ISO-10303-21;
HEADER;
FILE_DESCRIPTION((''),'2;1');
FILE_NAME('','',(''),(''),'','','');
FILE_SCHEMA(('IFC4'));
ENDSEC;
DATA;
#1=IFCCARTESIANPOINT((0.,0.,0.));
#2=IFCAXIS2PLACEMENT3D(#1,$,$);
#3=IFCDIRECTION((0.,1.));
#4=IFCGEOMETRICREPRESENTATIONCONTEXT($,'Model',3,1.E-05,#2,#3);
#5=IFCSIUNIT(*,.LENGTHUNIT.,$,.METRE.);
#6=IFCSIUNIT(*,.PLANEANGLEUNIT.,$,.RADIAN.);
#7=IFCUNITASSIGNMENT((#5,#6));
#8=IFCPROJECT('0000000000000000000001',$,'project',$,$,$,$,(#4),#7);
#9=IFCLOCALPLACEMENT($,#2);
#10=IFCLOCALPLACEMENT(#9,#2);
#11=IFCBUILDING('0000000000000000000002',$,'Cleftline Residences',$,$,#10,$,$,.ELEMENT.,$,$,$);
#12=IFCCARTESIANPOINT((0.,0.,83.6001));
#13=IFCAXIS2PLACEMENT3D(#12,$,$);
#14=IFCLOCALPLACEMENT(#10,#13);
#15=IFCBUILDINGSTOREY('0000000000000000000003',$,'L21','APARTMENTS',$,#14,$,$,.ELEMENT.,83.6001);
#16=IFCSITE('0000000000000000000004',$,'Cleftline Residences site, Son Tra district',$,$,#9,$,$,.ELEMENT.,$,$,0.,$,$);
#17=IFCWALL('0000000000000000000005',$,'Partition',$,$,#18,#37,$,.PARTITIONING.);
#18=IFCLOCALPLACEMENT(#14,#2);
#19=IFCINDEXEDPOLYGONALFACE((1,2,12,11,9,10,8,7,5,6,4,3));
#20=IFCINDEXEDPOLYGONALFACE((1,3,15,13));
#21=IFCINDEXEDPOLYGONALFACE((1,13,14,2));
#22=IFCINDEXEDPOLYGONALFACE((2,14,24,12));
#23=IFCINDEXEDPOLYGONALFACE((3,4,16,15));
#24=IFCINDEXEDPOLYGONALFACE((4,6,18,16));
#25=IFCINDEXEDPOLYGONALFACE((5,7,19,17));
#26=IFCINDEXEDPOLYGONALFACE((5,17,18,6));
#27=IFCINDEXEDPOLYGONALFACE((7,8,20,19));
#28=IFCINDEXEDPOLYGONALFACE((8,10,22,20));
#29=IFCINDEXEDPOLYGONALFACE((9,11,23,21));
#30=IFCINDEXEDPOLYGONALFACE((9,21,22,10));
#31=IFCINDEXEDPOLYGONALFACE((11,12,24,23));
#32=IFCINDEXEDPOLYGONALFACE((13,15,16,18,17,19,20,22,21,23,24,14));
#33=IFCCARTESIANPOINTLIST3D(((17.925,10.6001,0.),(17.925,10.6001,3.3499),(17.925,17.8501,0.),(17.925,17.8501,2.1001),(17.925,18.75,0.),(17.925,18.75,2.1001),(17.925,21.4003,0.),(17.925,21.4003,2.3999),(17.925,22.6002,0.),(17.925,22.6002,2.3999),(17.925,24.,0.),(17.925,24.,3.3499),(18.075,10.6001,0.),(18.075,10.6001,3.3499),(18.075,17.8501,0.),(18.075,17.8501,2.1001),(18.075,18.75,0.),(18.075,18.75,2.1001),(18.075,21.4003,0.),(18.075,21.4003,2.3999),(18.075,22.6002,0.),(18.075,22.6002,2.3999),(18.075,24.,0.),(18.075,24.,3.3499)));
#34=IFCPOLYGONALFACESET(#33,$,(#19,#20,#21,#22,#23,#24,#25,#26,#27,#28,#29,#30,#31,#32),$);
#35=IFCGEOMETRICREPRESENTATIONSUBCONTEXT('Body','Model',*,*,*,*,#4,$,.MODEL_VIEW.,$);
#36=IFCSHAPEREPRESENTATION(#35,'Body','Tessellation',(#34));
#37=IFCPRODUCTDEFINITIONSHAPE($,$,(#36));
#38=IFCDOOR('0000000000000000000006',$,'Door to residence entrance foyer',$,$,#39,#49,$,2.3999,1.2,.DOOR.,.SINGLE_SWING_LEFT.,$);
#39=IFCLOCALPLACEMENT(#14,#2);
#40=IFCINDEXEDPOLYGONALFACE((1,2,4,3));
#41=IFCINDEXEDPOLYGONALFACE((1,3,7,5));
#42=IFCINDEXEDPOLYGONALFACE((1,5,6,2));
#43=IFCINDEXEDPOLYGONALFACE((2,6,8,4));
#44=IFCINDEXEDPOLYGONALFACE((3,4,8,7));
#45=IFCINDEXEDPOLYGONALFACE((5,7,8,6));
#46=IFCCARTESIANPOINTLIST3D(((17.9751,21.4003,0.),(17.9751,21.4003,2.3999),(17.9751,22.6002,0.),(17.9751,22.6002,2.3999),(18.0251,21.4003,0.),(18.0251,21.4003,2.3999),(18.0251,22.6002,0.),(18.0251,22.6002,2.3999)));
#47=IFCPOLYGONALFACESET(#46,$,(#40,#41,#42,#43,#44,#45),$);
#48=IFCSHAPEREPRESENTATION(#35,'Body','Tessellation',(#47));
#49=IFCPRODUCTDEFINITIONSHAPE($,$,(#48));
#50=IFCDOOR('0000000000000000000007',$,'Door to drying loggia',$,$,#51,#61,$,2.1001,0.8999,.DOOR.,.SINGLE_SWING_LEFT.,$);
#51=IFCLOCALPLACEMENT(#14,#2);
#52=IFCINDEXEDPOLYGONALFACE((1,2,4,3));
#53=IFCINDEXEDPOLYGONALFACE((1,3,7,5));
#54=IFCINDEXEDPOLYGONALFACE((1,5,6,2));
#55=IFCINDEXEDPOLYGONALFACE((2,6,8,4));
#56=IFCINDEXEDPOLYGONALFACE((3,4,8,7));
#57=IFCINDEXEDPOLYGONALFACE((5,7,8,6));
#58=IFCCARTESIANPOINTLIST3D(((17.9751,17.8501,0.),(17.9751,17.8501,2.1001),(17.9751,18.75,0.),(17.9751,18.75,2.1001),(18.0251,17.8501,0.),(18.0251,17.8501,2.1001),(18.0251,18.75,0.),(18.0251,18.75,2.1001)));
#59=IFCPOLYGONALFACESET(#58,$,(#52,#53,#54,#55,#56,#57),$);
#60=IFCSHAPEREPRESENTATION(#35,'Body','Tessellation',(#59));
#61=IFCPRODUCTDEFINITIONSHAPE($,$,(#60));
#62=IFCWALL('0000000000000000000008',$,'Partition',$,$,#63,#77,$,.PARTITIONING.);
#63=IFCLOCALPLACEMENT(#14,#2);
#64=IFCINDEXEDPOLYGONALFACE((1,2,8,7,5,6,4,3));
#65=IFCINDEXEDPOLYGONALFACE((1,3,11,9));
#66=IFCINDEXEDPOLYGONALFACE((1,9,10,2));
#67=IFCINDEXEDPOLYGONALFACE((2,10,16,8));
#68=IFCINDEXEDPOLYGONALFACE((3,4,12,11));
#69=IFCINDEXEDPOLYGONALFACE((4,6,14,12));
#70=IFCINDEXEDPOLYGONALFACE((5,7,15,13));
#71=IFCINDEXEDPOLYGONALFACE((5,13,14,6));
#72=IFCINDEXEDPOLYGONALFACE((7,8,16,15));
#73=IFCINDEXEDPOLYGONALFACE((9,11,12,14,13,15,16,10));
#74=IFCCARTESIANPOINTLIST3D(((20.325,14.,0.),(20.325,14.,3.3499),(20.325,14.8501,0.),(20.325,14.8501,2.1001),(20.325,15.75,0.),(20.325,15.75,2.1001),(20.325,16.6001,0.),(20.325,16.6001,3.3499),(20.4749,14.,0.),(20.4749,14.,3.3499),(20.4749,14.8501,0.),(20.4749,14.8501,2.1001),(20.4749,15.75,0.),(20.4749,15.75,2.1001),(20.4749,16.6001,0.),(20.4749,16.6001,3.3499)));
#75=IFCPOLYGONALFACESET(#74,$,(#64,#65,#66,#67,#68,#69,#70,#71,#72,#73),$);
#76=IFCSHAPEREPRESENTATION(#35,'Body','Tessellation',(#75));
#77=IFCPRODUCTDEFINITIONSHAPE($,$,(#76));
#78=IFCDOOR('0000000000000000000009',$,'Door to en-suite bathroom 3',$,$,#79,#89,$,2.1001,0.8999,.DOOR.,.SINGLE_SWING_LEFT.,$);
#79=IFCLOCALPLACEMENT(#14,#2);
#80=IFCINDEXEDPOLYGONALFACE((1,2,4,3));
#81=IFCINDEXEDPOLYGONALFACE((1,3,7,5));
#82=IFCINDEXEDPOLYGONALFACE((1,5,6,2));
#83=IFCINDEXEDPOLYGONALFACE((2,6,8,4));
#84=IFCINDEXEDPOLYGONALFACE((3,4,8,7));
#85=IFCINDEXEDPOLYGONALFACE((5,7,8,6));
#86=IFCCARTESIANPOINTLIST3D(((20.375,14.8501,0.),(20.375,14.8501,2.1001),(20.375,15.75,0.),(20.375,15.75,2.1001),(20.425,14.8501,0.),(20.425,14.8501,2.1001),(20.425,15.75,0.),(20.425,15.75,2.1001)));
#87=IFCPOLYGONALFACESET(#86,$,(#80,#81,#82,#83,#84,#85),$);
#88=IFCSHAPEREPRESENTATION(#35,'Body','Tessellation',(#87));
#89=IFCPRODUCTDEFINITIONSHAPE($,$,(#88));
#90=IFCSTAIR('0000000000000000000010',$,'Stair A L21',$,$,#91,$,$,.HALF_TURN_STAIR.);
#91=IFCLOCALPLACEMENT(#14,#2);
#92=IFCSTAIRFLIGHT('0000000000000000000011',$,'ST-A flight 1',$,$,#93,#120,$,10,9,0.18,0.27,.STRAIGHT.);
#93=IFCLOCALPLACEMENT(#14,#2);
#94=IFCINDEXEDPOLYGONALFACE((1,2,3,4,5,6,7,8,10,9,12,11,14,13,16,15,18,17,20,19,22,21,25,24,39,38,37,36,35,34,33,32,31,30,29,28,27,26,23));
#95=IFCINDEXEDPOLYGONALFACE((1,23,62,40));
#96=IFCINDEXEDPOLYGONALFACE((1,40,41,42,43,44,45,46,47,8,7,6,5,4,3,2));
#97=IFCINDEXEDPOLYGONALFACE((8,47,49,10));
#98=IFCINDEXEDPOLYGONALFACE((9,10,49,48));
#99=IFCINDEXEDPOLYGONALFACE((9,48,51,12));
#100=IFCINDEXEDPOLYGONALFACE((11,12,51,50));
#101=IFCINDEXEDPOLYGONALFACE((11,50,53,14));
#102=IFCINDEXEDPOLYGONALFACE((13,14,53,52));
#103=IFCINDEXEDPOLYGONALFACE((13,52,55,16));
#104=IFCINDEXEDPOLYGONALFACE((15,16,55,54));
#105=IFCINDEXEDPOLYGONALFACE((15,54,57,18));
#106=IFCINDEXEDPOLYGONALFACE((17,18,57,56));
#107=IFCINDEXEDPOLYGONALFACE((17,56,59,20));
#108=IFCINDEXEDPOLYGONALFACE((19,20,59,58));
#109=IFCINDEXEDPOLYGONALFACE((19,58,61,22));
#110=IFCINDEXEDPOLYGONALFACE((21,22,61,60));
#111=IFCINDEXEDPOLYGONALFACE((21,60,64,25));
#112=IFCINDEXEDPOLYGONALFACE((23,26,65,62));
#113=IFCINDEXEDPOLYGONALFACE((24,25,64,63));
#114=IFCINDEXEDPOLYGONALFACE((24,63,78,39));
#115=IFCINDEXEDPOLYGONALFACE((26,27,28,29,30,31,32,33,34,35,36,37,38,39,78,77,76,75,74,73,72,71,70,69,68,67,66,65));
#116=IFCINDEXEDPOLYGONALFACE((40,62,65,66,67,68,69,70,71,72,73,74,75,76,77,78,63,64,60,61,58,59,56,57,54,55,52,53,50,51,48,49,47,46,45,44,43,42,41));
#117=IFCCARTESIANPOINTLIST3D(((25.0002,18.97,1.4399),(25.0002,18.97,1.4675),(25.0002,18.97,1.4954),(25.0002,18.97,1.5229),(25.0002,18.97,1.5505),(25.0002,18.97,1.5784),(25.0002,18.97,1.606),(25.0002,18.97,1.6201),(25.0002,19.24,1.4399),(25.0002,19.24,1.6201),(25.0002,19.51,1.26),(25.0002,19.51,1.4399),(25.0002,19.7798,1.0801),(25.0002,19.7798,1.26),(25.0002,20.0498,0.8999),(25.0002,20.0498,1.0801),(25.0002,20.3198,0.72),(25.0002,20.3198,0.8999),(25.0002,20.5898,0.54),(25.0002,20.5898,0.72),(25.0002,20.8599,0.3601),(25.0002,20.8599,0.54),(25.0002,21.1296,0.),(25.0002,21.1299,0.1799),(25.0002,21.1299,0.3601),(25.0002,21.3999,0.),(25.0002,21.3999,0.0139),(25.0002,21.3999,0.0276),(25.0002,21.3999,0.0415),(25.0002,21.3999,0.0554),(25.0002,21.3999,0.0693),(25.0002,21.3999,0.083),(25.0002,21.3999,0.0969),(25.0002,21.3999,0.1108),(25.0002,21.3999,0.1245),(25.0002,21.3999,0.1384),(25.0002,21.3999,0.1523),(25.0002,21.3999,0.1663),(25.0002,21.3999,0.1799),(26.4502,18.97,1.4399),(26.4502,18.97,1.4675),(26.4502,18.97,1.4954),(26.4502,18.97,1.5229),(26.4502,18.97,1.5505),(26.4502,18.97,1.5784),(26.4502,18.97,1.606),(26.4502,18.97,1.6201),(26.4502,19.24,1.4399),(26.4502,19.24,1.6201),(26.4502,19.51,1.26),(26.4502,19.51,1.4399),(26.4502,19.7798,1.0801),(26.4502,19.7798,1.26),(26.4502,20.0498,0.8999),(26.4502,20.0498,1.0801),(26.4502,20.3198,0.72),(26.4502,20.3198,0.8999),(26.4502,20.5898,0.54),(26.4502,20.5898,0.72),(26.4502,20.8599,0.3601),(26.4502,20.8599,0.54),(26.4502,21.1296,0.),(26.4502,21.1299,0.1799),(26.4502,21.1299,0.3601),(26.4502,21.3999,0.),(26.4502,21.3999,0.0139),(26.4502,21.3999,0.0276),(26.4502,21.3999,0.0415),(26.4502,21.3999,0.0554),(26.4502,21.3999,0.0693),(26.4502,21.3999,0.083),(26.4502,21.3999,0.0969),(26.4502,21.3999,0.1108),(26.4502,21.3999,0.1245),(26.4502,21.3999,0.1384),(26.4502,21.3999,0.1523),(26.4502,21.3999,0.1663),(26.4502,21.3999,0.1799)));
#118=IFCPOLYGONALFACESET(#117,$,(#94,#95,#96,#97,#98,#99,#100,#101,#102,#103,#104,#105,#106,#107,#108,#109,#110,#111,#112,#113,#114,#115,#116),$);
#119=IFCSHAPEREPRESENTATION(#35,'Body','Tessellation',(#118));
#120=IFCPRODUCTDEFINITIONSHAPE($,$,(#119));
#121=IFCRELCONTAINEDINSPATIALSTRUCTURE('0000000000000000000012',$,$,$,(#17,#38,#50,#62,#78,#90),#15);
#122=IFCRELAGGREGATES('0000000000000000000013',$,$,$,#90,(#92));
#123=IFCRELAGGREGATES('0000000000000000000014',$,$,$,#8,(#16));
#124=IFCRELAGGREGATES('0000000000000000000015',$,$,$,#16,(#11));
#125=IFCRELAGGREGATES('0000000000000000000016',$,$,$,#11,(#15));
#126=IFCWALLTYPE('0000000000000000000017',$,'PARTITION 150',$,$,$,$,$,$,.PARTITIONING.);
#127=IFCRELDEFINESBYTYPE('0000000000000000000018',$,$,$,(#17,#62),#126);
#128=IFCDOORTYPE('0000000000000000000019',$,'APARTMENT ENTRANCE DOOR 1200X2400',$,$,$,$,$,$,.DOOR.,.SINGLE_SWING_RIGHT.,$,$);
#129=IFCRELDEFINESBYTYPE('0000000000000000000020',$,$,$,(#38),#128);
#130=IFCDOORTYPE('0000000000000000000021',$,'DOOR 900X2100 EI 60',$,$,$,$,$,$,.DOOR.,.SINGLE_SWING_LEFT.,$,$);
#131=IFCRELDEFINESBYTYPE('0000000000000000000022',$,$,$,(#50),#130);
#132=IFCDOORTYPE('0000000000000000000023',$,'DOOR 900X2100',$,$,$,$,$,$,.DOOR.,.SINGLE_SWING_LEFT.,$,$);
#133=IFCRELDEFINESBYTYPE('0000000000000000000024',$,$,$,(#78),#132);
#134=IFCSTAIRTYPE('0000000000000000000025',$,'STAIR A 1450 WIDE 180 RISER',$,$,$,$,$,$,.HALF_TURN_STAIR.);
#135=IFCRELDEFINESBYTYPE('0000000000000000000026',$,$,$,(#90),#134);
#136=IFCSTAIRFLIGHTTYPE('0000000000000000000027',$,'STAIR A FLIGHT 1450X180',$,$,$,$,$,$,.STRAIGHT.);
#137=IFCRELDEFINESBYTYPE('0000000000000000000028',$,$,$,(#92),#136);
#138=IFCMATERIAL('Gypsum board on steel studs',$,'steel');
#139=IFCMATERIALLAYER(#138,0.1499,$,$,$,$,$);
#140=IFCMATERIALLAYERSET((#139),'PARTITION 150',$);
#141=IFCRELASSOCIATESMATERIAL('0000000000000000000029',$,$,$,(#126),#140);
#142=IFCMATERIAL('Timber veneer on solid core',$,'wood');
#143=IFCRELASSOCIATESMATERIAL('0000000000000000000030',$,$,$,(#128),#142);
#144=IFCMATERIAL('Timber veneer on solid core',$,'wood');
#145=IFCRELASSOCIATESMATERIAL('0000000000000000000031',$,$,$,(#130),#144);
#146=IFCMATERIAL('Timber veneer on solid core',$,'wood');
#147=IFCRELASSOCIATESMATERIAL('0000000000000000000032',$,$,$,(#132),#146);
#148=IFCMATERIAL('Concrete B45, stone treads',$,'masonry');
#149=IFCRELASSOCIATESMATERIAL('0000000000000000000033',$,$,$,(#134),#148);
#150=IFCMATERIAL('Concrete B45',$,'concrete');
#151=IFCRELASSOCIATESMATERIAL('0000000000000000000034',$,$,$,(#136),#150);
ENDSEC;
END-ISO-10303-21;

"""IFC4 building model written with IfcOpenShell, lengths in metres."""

from ifc_helpers import new_model, si_unit, direction, frame, frame_2d, origin, place, context, subcontext, project, spatial, polyline, rectangle, outline, extrude, material, layer, layer_set, type_object, element, fill, aggregate, save


model = new_model("IFC4")

# Units and contexts
model_context = context("Model", 3, precision=1e-05, world=origin(), true_north=direction((0.0, 1.0)))
body_context = subcontext(model_context, "Body", "Model", "MODEL_VIEW")
ifc_project = project(units=[si_unit("LENGTHUNIT", "METRE"), si_unit("PLANEANGLEUNIT", "RADIAN")], contexts=[model_context])

# Site, building, storey
site_placement = place(None, origin())
site = spatial("IfcSite", under=ifc_project, at=site_placement, Name="Cleftline Residences site, Son Tra district", CompositionType="ELEMENT", RefElevation=0.0)
building_placement = place(site_placement, origin())
building = spatial("IfcBuilding", under=site, at=building_placement, Name="Cleftline Residences", CompositionType="ELEMENT")
storey_placement = place(building_placement, frame((0.0, 0.0, 83.6001)))
storey = spatial("IfcBuildingStorey", under=building, at=storey_placement, Name="L21", Description="APARTMENTS", CompositionType="ELEMENT", Elevation=83.6001)

# Shared definitions
ifc_material_1 = material(Name="Gypsum board on steel studs", Category="steel")
ifc_layer_1 = layer(ifc_material_1, 0.1499)
ifc_layer_set_1 = layer_set([ifc_layer_1], Name="PARTITION 150")
wall_type_1 = type_object("IfcWallType", Name="PARTITION 150", PredefinedType="PARTITIONING", material=ifc_layer_set_1)

# Wall, openings, doors
wall_1_placement = place(storey_placement, frame((18.0, 10.6001, 0.0), z_axis=(0.0, 0.0, 1.0), x_axis=(0.0, 1.0, 0.0)))
wall_1 = element("IfcWall", 1, at=wall_1_placement, inside=storey, type_object=wall_type_1, Name="Partition", PredefinedType="PARTITIONING", context=body_context, shape_type="SweptSolid", body=[
    extrude(rectangle(XDim=13.3999, YDim=0.1499, at=frame_2d((6.7, 0.0))), origin(), (0.0, 0.0, 1.0), 3.3499),
])
opening_1_placement = place(wall_1_placement, frame((10.8, 0.0, 0.0)))
opening_1 = element("IfcOpeningElement", 2, at=opening_1_placement, cuts=wall_1, PredefinedType="OPENING", context=body_context, shape_type="SweptSolid", body=[
    extrude(rectangle(XDim=1.2, YDim=2.3999, at=frame_2d((0.6001, 1.2))), frame((0.0, 0.085, 0.0), z_axis=(0.0, -1.0, 0.0), x_axis=(1.0, 0.0, 0.0)), (0.0, 0.0, 1.0), 0.1699),
])
opening_2_placement = place(wall_1_placement, frame((7.25, 0.0, 0.0)))
opening_2 = element("IfcOpeningElement", 3, at=opening_2_placement, cuts=wall_1, PredefinedType="OPENING", context=body_context, shape_type="SweptSolid", body=[
    extrude(rectangle(XDim=0.8999, YDim=2.1001, at=frame_2d((0.45, 1.05))), frame((0.0, 0.085, 0.0), z_axis=(0.0, -1.0, 0.0), x_axis=(1.0, 0.0, 0.0)), (0.0, 0.0, 1.0), 0.1699),
])
ifc_material_2 = material(Name="Timber veneer on solid core", Category="wood")
door_type_1 = type_object("IfcDoorType", Name="APARTMENT ENTRANCE DOOR 1200X2400", OperationType="SINGLE_SWING_RIGHT", PredefinedType="DOOR", material=ifc_material_2)
door_1_placement = place(opening_1_placement, origin())
door_1 = element("IfcDoor", 4, at=door_1_placement, inside=storey, type_object=door_type_1, Name="Door to residence entrance foyer", OperationType="SINGLE_SWING_LEFT", OverallHeight=2.3999, OverallWidth=1.2, PredefinedType="DOOR", context=body_context, shape_type="SweptSolid", body=[
    extrude(rectangle(XDim=1.2, YDim=2.3999, at=frame_2d((0.6001, 1.2))), frame((0.0, 0.0249, 0.0), z_axis=(0.0, -1.0, 0.0), x_axis=(1.0, 0.0, 0.0)), (0.0, 0.0, 1.0), 0.05),
])
fill(opening_1, door_1)
ifc_material_3 = material(Name="Timber veneer on solid core", Category="wood")
door_type_2 = type_object("IfcDoorType", Name="DOOR 900X2100 EI 60", OperationType="SINGLE_SWING_LEFT", PredefinedType="DOOR", material=ifc_material_3)
door_2_placement = place(opening_2_placement, origin())
door_2 = element("IfcDoor", 5, at=door_2_placement, inside=storey, type_object=door_type_2, Name="Door to drying loggia", OperationType="SINGLE_SWING_LEFT", OverallHeight=2.1001, OverallWidth=0.8999, PredefinedType="DOOR", context=body_context, shape_type="SweptSolid", body=[
    extrude(rectangle(XDim=0.8999, YDim=2.1001, at=frame_2d((0.45, 1.05))), frame((0.0, 0.0249, 0.0), z_axis=(0.0, -1.0, 0.0), x_axis=(1.0, 0.0, 0.0)), (0.0, 0.0, 1.0), 0.05),
])
fill(opening_2, door_2)

# Wall, opening, door
wall_2_placement = place(storey_placement, frame((20.3999, 14.0, 0.0), z_axis=(0.0, 0.0, 1.0), x_axis=(0.0, 1.0, 0.0)))
wall_2 = element("IfcWall", 6, at=wall_2_placement, inside=storey, type_object=wall_type_1, Name="Partition", PredefinedType="PARTITIONING", context=body_context, shape_type="SweptSolid", body=[
    extrude(rectangle(XDim=2.6001, YDim=0.1499, at=frame_2d((1.3, 0.0))), origin(), (0.0, 0.0, 1.0), 3.3499),
])
opening_3_placement = place(wall_2_placement, frame((0.8501, 0.0, 0.0)))
opening_3 = element("IfcOpeningElement", 7, at=opening_3_placement, cuts=wall_2, PredefinedType="OPENING", context=body_context, shape_type="SweptSolid", body=[
    extrude(rectangle(XDim=0.8999, YDim=2.1001, at=frame_2d((0.45, 1.05))), frame((0.0, 0.085, 0.0), z_axis=(0.0, -1.0, 0.0), x_axis=(1.0, 0.0, 0.0)), (0.0, 0.0, 1.0), 0.1699),
])
ifc_material_4 = material(Name="Timber veneer on solid core", Category="wood")
door_type_3 = type_object("IfcDoorType", Name="DOOR 900X2100", OperationType="SINGLE_SWING_LEFT", PredefinedType="DOOR", material=ifc_material_4)
door_3_placement = place(opening_3_placement, origin())
door_3 = element("IfcDoor", 8, at=door_3_placement, inside=storey, type_object=door_type_3, Name="Door to en-suite bathroom 3", OperationType="SINGLE_SWING_LEFT", OverallHeight=2.1001, OverallWidth=0.8999, PredefinedType="DOOR", context=body_context, shape_type="SweptSolid", body=[
    extrude(rectangle(XDim=0.8999, YDim=2.1001, at=frame_2d((0.45, 1.05))), frame((0.0, 0.0249, 0.0), z_axis=(0.0, -1.0, 0.0), x_axis=(1.0, 0.0, 0.0)), (0.0, 0.0, 1.0), 0.05),
])
fill(opening_3, door_3)

# Stair, stair flight
ifc_material_5 = material(Name="Concrete B45, stone treads", Category="masonry")
stair_type = type_object("IfcStairType", Name="STAIR A 1450 WIDE 180 RISER", PredefinedType="HALF_TURN_STAIR", material=ifc_material_5)
stair_placement = place(storey_placement, origin())
stair = element("IfcStair", 9, at=stair_placement, inside=storey, type_object=stair_type, Name="Stair A L21", PredefinedType="HALF_TURN_STAIR")
ifc_material_6 = material(Name="Concrete B45", Category="concrete")
stair_flight_type = type_object("IfcStairFlightType", Name="STAIR A FLIGHT 1450X180", PredefinedType="STRAIGHT", material=ifc_material_6)
stair_flight_1_placement = place(storey_placement, frame((25.7251, 21.3999, 0.0), z_axis=(0.0, 0.0, 1.0), x_axis=(0.0, -1.0, 0.0)))
stair_flight_1 = element("IfcStairFlight", 10, at=stair_flight_1_placement, type_object=stair_flight_type, Name="ST-A flight 1", NumberOfRisers=10, NumberOfTreads=9, PredefinedType="STRAIGHT", RiserHeight=0.18, TreadLength=0.27, context=body_context, shape_type="SweptSolid", body=[
    extrude(outline(polyline([(0.0, 0.0), (0.0, 0.0139), (0.0, 0.0276), (0.0, 0.0415), (0.0, 0.0554), (0.0, 0.0693), (0.0, 0.083), (0.0, 0.0969), (0.0, 0.1108), (0.0, 0.1245), (0.0, 0.1384), (0.0, 0.1523), (0.0, 0.1663), (0.0, 0.1799), (0.27, 0.1799), (0.27, 0.3601), (0.54, 0.3601), (0.54, 0.54), (0.8101, 0.54), (0.8101, 0.72), (1.0801, 0.72), (1.0801, 0.8999), (1.3501, 0.8999), (1.3501, 1.0801), (1.6201, 1.0801), (1.6201, 1.26), (1.8899, 1.26), (1.8899, 1.4399), (2.1599, 1.4399), (2.1599, 1.6201), (2.4299, 1.6201), (2.4299, 1.8), (2.4299, 1.7722), (2.4299, 1.7446), (2.4299, 1.7168), (2.4299, 1.6892), (2.4299, 1.6614), (2.4299, 1.6338), (2.4299, 1.606), (2.4299, 1.5784), (2.4299, 1.5505), (2.4299, 1.5229), (2.4299, 1.4954), (2.4299, 1.4675), (2.4299, 1.4399), (0.2703, 0.0), (0.0, 0.0)])), frame((0.0, 0.7251, 0.0), z_axis=(0.0, -1.0, 0.0), x_axis=(1.0, 0.0, 0.0)), (0.0, 0.0, 1.0), 1.45),
])
aggregate(stair, [stair_flight_1])

save(model, "model.ifc")
